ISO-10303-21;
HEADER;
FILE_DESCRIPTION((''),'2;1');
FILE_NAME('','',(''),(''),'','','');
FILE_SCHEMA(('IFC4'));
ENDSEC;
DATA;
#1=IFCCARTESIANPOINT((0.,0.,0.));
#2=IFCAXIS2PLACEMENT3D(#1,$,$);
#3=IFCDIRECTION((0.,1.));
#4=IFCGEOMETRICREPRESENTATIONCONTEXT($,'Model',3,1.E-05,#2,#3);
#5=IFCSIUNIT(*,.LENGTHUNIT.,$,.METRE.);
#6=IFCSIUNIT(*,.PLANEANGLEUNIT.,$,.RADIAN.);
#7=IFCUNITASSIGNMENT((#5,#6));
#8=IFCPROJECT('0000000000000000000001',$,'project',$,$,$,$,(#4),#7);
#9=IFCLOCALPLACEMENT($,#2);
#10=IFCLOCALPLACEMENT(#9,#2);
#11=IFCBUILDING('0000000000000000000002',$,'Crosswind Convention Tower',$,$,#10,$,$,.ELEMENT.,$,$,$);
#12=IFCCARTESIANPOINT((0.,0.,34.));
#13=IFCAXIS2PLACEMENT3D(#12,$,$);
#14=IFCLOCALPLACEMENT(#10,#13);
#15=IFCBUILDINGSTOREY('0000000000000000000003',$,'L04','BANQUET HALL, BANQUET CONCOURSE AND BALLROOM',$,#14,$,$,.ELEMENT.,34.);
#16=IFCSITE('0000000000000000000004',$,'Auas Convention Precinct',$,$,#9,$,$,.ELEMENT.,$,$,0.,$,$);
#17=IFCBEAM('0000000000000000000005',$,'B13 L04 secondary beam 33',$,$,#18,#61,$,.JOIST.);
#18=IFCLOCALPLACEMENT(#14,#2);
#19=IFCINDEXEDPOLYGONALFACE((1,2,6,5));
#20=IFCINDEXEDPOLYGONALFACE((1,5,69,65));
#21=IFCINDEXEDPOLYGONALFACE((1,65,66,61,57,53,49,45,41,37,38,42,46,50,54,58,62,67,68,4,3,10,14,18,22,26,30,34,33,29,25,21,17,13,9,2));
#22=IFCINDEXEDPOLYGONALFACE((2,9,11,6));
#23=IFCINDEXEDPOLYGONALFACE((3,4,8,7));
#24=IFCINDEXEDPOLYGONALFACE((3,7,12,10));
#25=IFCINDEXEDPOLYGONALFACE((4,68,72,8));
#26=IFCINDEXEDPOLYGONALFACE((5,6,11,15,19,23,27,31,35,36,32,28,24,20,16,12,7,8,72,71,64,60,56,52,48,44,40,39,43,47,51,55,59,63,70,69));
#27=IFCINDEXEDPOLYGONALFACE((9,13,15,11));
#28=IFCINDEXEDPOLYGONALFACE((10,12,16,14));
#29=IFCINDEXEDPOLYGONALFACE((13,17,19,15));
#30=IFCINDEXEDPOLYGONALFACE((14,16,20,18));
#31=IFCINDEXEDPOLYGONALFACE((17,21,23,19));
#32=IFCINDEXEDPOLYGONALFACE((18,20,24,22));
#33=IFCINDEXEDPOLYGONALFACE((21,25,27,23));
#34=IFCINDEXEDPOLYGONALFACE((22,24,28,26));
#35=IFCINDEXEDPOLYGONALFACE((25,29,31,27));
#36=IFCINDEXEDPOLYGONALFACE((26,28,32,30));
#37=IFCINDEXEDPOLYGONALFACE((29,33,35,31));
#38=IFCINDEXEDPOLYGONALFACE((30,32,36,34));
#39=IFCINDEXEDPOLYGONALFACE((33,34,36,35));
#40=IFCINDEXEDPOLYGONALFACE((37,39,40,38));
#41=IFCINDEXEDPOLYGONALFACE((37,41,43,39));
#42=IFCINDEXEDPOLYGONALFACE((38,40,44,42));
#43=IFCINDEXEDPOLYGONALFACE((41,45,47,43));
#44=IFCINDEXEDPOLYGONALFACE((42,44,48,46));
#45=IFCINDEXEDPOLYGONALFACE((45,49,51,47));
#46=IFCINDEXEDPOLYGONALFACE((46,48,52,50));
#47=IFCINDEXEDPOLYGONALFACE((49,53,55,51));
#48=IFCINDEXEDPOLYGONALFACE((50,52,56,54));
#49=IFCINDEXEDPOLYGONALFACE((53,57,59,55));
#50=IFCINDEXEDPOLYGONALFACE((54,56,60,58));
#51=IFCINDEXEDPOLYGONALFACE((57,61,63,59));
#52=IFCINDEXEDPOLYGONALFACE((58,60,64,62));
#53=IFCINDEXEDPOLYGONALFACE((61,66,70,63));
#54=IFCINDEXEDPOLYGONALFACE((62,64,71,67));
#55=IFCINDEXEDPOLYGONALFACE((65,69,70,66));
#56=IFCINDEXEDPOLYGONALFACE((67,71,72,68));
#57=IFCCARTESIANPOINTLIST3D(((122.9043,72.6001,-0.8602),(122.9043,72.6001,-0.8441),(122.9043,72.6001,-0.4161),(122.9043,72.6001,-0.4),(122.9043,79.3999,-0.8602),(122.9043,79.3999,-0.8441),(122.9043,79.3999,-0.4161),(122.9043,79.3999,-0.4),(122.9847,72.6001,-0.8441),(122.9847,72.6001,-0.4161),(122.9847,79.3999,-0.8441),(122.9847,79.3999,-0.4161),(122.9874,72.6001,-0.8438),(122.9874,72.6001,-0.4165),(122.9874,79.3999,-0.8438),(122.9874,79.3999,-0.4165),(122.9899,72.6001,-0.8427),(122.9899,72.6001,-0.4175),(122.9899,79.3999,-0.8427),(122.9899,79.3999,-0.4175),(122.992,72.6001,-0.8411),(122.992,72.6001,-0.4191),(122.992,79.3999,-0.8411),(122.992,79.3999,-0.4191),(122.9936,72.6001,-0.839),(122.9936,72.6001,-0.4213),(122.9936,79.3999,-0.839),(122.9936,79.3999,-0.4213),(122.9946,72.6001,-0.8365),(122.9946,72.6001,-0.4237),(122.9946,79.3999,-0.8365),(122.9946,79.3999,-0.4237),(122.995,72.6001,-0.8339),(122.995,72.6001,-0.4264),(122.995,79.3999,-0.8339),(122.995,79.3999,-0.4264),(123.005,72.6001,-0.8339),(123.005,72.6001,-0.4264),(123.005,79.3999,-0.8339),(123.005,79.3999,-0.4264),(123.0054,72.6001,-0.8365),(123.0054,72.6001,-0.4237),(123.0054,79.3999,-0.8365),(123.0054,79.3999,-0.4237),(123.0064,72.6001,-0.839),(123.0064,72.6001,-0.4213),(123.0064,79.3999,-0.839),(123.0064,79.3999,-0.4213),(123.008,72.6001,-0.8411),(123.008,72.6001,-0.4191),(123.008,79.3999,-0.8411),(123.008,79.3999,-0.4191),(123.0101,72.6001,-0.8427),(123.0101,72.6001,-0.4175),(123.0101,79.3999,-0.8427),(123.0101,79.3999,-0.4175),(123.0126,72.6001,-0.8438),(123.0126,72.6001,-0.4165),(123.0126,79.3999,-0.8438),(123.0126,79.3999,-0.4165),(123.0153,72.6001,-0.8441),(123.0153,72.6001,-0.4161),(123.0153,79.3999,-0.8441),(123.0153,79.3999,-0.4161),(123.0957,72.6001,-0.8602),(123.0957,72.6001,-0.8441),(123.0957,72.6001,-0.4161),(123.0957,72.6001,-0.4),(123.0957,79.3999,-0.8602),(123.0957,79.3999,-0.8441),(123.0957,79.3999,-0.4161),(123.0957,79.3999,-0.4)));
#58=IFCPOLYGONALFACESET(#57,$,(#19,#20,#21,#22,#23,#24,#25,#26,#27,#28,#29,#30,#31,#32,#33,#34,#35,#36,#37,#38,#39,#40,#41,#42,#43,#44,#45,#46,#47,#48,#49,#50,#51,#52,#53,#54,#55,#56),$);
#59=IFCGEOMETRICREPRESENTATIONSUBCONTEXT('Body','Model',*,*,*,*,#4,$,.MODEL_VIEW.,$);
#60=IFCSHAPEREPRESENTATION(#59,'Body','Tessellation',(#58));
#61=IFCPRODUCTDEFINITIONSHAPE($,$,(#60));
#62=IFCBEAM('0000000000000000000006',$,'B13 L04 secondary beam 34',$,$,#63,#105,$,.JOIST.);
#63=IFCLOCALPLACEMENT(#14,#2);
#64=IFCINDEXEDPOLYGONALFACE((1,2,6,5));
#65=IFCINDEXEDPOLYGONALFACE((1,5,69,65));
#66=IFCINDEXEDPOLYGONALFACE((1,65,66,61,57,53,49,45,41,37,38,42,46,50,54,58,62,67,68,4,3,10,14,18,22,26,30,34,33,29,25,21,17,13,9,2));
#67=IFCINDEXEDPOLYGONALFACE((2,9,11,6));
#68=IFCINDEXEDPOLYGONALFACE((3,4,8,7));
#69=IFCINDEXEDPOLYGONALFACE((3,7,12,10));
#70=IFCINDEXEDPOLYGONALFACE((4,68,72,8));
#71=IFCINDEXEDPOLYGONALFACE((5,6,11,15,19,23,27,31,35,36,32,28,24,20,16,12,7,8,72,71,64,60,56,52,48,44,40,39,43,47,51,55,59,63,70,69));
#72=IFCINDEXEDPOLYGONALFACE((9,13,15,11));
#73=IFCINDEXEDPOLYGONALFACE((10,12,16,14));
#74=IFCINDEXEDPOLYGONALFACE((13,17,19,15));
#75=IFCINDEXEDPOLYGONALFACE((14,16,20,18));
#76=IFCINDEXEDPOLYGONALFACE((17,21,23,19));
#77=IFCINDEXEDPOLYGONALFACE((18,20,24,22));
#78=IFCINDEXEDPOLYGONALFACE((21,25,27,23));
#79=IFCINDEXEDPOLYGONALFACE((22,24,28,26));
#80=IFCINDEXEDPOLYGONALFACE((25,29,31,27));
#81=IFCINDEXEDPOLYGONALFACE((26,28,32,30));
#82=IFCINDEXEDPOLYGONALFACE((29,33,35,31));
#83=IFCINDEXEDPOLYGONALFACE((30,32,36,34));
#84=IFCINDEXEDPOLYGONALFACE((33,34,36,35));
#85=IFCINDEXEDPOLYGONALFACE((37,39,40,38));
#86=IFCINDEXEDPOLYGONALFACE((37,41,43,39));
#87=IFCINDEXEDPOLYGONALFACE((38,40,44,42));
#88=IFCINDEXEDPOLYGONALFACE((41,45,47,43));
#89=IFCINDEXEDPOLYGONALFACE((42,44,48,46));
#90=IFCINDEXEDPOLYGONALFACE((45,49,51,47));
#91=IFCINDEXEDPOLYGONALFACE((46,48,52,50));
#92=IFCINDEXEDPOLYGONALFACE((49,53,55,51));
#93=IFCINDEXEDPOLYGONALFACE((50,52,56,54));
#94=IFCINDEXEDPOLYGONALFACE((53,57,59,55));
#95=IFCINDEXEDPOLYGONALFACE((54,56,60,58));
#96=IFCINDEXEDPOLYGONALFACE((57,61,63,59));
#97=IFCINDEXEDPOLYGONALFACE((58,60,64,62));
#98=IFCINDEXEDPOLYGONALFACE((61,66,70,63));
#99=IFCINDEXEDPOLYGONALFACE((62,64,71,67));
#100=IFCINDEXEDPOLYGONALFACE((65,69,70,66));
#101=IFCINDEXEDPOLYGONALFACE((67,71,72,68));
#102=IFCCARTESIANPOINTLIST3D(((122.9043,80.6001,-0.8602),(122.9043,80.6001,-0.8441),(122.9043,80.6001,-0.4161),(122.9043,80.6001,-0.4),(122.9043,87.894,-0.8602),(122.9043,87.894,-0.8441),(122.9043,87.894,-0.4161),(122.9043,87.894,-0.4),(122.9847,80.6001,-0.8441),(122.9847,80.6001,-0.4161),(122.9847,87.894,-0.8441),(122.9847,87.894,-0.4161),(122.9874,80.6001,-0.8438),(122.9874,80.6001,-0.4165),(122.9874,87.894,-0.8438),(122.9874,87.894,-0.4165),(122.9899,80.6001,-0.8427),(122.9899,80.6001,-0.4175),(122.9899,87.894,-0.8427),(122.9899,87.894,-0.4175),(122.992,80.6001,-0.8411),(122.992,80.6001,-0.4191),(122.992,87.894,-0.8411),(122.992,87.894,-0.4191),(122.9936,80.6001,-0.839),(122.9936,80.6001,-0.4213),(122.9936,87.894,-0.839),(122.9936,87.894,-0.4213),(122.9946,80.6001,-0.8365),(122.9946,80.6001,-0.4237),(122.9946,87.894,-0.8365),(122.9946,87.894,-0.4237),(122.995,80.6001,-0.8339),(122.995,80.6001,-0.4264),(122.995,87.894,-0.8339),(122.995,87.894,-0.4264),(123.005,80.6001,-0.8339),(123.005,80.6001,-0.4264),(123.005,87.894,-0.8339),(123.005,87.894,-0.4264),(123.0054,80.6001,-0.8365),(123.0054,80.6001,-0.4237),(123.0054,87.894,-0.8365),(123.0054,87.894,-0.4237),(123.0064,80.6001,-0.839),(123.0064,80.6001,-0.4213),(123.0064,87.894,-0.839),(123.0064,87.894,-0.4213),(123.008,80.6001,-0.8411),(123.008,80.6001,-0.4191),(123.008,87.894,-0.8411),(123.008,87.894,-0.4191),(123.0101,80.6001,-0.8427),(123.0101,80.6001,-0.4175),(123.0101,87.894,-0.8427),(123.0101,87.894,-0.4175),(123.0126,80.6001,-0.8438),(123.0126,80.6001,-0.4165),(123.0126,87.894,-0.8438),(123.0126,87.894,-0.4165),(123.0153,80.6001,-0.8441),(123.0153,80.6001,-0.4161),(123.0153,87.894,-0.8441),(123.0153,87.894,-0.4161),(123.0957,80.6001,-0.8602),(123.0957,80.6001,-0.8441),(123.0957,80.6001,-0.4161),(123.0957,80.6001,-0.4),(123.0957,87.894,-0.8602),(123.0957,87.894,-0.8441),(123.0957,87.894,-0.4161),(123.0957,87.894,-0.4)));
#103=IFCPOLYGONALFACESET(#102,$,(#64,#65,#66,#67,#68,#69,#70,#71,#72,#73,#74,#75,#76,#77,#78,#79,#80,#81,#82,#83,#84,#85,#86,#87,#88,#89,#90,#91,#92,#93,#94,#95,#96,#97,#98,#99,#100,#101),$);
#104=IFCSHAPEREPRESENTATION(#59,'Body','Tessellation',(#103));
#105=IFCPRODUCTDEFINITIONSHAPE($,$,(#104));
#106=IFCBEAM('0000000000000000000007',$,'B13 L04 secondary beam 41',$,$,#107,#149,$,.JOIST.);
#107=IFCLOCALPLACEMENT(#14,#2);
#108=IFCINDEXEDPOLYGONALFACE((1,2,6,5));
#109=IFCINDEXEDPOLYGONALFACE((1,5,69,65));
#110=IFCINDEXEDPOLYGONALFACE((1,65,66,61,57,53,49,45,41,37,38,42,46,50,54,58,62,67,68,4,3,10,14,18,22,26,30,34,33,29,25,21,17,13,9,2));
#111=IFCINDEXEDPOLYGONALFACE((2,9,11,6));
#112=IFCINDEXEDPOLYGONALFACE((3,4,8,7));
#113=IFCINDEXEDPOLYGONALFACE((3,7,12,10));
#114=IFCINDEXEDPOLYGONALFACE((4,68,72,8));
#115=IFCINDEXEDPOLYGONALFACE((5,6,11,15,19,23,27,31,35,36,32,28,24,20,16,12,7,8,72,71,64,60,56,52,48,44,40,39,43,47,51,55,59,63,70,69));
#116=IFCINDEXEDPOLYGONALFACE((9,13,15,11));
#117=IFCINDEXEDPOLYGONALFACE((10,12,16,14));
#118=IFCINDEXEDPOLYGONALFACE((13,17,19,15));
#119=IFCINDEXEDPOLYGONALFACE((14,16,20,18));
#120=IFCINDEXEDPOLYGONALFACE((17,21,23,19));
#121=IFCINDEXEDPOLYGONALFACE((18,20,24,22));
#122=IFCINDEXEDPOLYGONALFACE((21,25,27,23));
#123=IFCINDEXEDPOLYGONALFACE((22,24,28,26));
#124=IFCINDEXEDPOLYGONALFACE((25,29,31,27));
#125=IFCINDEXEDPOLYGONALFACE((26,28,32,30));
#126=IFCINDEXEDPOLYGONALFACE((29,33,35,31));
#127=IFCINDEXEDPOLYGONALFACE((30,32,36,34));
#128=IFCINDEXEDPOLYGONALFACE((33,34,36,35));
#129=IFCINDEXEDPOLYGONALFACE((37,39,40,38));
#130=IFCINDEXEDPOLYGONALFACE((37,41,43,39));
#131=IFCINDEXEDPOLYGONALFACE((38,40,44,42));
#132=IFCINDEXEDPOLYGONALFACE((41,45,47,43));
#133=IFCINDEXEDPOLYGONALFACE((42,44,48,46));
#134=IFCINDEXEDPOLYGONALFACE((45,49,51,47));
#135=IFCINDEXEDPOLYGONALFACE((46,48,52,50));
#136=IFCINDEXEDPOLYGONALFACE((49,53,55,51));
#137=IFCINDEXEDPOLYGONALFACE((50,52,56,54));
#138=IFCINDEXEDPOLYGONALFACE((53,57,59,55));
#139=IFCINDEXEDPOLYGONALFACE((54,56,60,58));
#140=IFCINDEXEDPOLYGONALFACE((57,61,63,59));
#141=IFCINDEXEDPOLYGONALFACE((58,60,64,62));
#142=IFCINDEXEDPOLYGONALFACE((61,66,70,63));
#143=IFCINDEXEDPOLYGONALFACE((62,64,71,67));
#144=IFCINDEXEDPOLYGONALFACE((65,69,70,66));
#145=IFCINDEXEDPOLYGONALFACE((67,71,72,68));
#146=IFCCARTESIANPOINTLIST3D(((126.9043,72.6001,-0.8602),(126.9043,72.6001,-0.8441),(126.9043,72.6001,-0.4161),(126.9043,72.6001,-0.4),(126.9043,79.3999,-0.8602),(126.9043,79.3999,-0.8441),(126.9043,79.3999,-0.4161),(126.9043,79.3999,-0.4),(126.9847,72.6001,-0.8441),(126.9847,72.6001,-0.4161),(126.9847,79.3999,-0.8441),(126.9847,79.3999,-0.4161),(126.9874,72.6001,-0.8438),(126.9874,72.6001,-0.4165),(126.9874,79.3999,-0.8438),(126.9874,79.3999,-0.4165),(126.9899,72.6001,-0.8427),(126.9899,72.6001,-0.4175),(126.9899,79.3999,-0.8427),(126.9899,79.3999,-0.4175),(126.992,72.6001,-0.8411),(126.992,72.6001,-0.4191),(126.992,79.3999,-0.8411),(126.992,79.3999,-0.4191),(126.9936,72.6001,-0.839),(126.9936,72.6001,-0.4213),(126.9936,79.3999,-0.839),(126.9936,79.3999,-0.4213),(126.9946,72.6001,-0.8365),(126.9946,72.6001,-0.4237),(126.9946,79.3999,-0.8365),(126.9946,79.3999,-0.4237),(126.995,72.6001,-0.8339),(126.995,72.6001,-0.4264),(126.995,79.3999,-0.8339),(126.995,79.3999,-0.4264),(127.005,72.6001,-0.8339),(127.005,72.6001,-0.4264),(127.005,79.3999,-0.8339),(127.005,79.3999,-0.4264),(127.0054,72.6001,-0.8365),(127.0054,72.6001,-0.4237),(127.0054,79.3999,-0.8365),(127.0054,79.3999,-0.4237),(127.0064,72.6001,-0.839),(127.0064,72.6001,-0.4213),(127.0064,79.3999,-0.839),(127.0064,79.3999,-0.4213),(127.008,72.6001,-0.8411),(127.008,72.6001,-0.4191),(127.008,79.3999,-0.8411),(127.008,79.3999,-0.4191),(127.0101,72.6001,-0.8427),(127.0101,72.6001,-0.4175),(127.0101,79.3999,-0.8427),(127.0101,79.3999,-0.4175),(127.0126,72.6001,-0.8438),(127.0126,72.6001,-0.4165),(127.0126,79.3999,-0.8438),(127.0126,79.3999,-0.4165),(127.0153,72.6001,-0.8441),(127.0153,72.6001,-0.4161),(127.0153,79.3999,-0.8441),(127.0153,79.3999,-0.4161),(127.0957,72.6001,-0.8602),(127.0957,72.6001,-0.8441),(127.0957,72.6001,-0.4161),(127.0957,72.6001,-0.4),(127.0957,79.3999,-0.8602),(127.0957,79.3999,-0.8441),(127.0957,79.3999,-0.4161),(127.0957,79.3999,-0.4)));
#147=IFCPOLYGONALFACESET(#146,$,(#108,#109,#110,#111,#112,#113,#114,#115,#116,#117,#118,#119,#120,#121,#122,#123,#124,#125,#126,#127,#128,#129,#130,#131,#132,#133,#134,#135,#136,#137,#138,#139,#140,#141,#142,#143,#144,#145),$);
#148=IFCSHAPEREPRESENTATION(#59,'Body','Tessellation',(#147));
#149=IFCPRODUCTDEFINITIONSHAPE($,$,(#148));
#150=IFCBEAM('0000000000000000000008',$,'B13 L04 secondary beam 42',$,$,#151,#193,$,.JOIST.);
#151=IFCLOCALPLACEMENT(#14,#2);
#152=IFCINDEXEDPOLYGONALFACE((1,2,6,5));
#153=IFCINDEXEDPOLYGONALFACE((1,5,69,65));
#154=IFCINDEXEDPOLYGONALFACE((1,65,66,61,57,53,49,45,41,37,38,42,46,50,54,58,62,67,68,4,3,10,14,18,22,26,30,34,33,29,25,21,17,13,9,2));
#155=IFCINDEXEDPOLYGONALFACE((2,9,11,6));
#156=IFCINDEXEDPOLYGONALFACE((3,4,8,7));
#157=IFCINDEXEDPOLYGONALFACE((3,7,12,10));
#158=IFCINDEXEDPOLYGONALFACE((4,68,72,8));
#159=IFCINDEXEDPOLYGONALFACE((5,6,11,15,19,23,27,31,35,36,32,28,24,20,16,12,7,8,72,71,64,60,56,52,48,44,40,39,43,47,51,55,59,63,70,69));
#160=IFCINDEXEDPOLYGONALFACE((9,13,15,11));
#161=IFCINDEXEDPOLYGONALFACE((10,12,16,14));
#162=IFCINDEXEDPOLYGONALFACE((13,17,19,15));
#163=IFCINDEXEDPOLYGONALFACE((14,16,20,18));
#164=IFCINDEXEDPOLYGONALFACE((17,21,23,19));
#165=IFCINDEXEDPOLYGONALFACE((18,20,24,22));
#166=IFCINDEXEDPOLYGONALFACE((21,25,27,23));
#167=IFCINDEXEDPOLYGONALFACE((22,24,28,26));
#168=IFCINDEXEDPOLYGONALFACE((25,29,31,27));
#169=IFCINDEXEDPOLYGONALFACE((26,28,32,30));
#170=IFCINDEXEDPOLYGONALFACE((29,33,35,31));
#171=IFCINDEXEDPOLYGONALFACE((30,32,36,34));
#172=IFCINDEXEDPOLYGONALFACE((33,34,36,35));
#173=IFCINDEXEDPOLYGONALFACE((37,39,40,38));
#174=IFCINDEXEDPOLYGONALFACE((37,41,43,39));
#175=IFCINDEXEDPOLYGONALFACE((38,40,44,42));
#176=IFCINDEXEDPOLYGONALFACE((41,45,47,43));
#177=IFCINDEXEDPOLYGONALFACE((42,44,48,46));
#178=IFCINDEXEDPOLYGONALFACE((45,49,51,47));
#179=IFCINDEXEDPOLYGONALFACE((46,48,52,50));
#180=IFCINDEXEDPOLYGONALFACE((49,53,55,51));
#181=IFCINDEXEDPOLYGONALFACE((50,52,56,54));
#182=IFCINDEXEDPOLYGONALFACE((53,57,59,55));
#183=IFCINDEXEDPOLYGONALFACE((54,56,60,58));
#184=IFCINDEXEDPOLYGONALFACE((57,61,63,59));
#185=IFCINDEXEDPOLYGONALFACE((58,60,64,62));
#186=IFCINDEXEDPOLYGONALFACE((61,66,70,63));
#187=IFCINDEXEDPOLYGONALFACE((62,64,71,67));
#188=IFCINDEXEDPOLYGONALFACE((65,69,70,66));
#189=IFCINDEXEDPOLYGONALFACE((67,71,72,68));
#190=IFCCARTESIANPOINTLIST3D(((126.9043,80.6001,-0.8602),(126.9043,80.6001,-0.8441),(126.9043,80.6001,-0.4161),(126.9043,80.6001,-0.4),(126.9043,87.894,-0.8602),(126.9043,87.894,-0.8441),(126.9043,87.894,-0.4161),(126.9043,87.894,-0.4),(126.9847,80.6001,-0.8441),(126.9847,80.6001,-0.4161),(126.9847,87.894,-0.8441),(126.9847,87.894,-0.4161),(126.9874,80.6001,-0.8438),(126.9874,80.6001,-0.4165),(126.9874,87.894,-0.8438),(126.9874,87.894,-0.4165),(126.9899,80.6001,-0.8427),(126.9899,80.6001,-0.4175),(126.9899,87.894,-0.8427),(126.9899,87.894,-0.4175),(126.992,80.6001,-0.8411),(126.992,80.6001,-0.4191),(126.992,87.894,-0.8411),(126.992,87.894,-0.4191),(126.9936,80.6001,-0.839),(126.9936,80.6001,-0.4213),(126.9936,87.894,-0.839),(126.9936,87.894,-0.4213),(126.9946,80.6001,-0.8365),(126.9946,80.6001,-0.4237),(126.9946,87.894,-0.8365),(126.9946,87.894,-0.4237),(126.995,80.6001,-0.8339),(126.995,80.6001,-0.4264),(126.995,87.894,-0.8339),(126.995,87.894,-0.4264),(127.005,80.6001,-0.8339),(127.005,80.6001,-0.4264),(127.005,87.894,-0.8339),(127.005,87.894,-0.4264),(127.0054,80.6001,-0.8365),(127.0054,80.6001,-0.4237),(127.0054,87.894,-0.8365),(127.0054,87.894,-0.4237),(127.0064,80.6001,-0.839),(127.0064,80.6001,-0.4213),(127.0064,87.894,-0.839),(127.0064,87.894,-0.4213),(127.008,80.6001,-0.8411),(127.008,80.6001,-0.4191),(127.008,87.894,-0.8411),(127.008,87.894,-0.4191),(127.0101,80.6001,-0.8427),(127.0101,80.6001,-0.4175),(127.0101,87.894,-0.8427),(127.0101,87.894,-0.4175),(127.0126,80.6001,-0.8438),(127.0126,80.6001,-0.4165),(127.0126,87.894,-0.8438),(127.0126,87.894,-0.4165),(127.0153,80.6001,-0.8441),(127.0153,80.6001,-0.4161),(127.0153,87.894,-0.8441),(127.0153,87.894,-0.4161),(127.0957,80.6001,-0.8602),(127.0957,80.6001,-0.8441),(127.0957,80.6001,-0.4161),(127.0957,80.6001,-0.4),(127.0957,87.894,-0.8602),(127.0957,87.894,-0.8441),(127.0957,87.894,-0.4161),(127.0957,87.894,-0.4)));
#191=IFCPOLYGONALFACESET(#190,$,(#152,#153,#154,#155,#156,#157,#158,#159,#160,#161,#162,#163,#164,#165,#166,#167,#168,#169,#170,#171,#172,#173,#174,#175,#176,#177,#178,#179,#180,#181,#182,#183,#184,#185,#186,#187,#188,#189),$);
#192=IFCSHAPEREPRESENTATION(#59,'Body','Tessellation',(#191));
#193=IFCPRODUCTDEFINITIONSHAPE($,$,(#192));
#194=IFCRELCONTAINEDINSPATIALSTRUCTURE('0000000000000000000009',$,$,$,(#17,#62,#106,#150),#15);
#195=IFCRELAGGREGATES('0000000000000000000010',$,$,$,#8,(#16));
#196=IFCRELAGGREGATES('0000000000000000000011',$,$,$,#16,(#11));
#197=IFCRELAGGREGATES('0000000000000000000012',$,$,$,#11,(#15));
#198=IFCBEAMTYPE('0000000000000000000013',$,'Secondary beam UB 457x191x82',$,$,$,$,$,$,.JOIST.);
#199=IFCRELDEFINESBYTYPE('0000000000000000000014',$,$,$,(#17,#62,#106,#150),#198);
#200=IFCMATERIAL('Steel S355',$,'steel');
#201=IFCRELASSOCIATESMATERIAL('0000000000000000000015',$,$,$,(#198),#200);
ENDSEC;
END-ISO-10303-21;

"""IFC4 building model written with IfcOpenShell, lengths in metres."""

from ifc_helpers import new_model, si_unit, direction, frame, origin, origin_2d, place, context, subcontext, project, spatial, i_section, extrude, material, material_profile, profile_set, type_object, element, save


model = new_model("IFC4")

# Units and contexts
model_context = context("Model", 3, precision=1e-05, world=origin(), true_north=direction((0.0, 1.0)))
body_context = subcontext(model_context, "Body", "Model", "MODEL_VIEW")
ifc_project = project(units=[si_unit("LENGTHUNIT", "METRE"), si_unit("PLANEANGLEUNIT", "RADIAN")], contexts=[model_context])

# Site, building, storey
site_placement = place(None, origin())
site = spatial("IfcSite", under=ifc_project, at=site_placement, Name="Auas Convention Precinct", CompositionType="ELEMENT", RefElevation=0.0)
building_placement = place(site_placement, origin())
building = spatial("IfcBuilding", under=site, at=building_placement, Name="Crosswind Convention Tower", CompositionType="ELEMENT")
storey_placement = place(building_placement, frame((0.0, 0.0, 34.0)))
storey = spatial("IfcBuildingStorey", under=building, at=storey_placement, Name="L04", Description="BANQUET HALL, BANQUET CONCOURSE AND BALLROOM", CompositionType="ELEMENT", Elevation=34.0)

# Shared definitions
ifc_material_1 = material(Name="Steel S355", Category="steel")

# Beams
ifc_material_profile_1 = material_profile(ifc_material_1, i_section(OverallWidth=0.1914, OverallDepth=0.4602, WebThickness=0.01, FlangeThickness=0.0161, FilletRadius=0.0103, at=origin_2d()), Name="UB 457x191x82")
ifc_profile_set_1 = profile_set([ifc_material_profile_1], Name="Steel S355")
beam_type_1 = type_object("IfcBeamType", Name="Secondary beam UB 457x191x82", PredefinedType="JOIST", material=ifc_profile_set_1)
beam_1_placement = place(storey_placement, frame((123.0, 72.6001, -0.6301), z_axis=(0.0, 1.0, 0.0), x_axis=(-1.0, 0.0, 0.0)))
element("IfcBeam", 1, at=beam_1_placement, inside=storey, type_object=beam_type_1, Name="B13 L04 secondary beam 33", PredefinedType="JOIST", context=body_context, shape_type="SweptSolid", body=[
    extrude(i_section(OverallWidth=0.1914, OverallDepth=0.4602, WebThickness=0.01, FlangeThickness=0.0161, FilletRadius=0.0103, at=origin_2d()), origin(), (0.0, 0.0, 1.0), 6.7998),
])
beam_2_placement = place(storey_placement, frame((123.0, 80.6001, -0.6301), z_axis=(0.0, 1.0, 0.0), x_axis=(-1.0, 0.0, 0.0)))
element("IfcBeam", 2, at=beam_2_placement, inside=storey, type_object=beam_type_1, Name="B13 L04 secondary beam 34", PredefinedType="JOIST", context=body_context, shape_type="SweptSolid", body=[
    extrude(i_section(OverallWidth=0.1914, OverallDepth=0.4602, WebThickness=0.01, FlangeThickness=0.0161, FilletRadius=0.0103, at=origin_2d()), origin(), (0.0, 0.0, 1.0), 7.2939),
])
beam_3_placement = place(storey_placement, frame((127.0, 72.6001, -0.6301), z_axis=(0.0, 1.0, 0.0), x_axis=(-1.0, 0.0, 0.0)))
element("IfcBeam", 3, at=beam_3_placement, inside=storey, type_object=beam_type_1, Name="B13 L04 secondary beam 41", PredefinedType="JOIST", context=body_context, shape_type="SweptSolid", body=[
    extrude(i_section(OverallWidth=0.1914, OverallDepth=0.4602, WebThickness=0.01, FlangeThickness=0.0161, FilletRadius=0.0103, at=origin_2d()), origin(), (0.0, 0.0, 1.0), 6.7998),
])
beam_4_placement = place(storey_placement, frame((127.0, 80.6001, -0.6301), z_axis=(0.0, 1.0, 0.0), x_axis=(-1.0, 0.0, 0.0)))
element("IfcBeam", 4, at=beam_4_placement, inside=storey, type_object=beam_type_1, Name="B13 L04 secondary beam 42", PredefinedType="JOIST", context=body_context, shape_type="SweptSolid", body=[
    extrude(i_section(OverallWidth=0.1914, OverallDepth=0.4602, WebThickness=0.01, FlangeThickness=0.0161, FilletRadius=0.0103, at=origin_2d()), origin(), (0.0, 0.0, 1.0), 7.2939),
])

save(model, "model.ifc")
